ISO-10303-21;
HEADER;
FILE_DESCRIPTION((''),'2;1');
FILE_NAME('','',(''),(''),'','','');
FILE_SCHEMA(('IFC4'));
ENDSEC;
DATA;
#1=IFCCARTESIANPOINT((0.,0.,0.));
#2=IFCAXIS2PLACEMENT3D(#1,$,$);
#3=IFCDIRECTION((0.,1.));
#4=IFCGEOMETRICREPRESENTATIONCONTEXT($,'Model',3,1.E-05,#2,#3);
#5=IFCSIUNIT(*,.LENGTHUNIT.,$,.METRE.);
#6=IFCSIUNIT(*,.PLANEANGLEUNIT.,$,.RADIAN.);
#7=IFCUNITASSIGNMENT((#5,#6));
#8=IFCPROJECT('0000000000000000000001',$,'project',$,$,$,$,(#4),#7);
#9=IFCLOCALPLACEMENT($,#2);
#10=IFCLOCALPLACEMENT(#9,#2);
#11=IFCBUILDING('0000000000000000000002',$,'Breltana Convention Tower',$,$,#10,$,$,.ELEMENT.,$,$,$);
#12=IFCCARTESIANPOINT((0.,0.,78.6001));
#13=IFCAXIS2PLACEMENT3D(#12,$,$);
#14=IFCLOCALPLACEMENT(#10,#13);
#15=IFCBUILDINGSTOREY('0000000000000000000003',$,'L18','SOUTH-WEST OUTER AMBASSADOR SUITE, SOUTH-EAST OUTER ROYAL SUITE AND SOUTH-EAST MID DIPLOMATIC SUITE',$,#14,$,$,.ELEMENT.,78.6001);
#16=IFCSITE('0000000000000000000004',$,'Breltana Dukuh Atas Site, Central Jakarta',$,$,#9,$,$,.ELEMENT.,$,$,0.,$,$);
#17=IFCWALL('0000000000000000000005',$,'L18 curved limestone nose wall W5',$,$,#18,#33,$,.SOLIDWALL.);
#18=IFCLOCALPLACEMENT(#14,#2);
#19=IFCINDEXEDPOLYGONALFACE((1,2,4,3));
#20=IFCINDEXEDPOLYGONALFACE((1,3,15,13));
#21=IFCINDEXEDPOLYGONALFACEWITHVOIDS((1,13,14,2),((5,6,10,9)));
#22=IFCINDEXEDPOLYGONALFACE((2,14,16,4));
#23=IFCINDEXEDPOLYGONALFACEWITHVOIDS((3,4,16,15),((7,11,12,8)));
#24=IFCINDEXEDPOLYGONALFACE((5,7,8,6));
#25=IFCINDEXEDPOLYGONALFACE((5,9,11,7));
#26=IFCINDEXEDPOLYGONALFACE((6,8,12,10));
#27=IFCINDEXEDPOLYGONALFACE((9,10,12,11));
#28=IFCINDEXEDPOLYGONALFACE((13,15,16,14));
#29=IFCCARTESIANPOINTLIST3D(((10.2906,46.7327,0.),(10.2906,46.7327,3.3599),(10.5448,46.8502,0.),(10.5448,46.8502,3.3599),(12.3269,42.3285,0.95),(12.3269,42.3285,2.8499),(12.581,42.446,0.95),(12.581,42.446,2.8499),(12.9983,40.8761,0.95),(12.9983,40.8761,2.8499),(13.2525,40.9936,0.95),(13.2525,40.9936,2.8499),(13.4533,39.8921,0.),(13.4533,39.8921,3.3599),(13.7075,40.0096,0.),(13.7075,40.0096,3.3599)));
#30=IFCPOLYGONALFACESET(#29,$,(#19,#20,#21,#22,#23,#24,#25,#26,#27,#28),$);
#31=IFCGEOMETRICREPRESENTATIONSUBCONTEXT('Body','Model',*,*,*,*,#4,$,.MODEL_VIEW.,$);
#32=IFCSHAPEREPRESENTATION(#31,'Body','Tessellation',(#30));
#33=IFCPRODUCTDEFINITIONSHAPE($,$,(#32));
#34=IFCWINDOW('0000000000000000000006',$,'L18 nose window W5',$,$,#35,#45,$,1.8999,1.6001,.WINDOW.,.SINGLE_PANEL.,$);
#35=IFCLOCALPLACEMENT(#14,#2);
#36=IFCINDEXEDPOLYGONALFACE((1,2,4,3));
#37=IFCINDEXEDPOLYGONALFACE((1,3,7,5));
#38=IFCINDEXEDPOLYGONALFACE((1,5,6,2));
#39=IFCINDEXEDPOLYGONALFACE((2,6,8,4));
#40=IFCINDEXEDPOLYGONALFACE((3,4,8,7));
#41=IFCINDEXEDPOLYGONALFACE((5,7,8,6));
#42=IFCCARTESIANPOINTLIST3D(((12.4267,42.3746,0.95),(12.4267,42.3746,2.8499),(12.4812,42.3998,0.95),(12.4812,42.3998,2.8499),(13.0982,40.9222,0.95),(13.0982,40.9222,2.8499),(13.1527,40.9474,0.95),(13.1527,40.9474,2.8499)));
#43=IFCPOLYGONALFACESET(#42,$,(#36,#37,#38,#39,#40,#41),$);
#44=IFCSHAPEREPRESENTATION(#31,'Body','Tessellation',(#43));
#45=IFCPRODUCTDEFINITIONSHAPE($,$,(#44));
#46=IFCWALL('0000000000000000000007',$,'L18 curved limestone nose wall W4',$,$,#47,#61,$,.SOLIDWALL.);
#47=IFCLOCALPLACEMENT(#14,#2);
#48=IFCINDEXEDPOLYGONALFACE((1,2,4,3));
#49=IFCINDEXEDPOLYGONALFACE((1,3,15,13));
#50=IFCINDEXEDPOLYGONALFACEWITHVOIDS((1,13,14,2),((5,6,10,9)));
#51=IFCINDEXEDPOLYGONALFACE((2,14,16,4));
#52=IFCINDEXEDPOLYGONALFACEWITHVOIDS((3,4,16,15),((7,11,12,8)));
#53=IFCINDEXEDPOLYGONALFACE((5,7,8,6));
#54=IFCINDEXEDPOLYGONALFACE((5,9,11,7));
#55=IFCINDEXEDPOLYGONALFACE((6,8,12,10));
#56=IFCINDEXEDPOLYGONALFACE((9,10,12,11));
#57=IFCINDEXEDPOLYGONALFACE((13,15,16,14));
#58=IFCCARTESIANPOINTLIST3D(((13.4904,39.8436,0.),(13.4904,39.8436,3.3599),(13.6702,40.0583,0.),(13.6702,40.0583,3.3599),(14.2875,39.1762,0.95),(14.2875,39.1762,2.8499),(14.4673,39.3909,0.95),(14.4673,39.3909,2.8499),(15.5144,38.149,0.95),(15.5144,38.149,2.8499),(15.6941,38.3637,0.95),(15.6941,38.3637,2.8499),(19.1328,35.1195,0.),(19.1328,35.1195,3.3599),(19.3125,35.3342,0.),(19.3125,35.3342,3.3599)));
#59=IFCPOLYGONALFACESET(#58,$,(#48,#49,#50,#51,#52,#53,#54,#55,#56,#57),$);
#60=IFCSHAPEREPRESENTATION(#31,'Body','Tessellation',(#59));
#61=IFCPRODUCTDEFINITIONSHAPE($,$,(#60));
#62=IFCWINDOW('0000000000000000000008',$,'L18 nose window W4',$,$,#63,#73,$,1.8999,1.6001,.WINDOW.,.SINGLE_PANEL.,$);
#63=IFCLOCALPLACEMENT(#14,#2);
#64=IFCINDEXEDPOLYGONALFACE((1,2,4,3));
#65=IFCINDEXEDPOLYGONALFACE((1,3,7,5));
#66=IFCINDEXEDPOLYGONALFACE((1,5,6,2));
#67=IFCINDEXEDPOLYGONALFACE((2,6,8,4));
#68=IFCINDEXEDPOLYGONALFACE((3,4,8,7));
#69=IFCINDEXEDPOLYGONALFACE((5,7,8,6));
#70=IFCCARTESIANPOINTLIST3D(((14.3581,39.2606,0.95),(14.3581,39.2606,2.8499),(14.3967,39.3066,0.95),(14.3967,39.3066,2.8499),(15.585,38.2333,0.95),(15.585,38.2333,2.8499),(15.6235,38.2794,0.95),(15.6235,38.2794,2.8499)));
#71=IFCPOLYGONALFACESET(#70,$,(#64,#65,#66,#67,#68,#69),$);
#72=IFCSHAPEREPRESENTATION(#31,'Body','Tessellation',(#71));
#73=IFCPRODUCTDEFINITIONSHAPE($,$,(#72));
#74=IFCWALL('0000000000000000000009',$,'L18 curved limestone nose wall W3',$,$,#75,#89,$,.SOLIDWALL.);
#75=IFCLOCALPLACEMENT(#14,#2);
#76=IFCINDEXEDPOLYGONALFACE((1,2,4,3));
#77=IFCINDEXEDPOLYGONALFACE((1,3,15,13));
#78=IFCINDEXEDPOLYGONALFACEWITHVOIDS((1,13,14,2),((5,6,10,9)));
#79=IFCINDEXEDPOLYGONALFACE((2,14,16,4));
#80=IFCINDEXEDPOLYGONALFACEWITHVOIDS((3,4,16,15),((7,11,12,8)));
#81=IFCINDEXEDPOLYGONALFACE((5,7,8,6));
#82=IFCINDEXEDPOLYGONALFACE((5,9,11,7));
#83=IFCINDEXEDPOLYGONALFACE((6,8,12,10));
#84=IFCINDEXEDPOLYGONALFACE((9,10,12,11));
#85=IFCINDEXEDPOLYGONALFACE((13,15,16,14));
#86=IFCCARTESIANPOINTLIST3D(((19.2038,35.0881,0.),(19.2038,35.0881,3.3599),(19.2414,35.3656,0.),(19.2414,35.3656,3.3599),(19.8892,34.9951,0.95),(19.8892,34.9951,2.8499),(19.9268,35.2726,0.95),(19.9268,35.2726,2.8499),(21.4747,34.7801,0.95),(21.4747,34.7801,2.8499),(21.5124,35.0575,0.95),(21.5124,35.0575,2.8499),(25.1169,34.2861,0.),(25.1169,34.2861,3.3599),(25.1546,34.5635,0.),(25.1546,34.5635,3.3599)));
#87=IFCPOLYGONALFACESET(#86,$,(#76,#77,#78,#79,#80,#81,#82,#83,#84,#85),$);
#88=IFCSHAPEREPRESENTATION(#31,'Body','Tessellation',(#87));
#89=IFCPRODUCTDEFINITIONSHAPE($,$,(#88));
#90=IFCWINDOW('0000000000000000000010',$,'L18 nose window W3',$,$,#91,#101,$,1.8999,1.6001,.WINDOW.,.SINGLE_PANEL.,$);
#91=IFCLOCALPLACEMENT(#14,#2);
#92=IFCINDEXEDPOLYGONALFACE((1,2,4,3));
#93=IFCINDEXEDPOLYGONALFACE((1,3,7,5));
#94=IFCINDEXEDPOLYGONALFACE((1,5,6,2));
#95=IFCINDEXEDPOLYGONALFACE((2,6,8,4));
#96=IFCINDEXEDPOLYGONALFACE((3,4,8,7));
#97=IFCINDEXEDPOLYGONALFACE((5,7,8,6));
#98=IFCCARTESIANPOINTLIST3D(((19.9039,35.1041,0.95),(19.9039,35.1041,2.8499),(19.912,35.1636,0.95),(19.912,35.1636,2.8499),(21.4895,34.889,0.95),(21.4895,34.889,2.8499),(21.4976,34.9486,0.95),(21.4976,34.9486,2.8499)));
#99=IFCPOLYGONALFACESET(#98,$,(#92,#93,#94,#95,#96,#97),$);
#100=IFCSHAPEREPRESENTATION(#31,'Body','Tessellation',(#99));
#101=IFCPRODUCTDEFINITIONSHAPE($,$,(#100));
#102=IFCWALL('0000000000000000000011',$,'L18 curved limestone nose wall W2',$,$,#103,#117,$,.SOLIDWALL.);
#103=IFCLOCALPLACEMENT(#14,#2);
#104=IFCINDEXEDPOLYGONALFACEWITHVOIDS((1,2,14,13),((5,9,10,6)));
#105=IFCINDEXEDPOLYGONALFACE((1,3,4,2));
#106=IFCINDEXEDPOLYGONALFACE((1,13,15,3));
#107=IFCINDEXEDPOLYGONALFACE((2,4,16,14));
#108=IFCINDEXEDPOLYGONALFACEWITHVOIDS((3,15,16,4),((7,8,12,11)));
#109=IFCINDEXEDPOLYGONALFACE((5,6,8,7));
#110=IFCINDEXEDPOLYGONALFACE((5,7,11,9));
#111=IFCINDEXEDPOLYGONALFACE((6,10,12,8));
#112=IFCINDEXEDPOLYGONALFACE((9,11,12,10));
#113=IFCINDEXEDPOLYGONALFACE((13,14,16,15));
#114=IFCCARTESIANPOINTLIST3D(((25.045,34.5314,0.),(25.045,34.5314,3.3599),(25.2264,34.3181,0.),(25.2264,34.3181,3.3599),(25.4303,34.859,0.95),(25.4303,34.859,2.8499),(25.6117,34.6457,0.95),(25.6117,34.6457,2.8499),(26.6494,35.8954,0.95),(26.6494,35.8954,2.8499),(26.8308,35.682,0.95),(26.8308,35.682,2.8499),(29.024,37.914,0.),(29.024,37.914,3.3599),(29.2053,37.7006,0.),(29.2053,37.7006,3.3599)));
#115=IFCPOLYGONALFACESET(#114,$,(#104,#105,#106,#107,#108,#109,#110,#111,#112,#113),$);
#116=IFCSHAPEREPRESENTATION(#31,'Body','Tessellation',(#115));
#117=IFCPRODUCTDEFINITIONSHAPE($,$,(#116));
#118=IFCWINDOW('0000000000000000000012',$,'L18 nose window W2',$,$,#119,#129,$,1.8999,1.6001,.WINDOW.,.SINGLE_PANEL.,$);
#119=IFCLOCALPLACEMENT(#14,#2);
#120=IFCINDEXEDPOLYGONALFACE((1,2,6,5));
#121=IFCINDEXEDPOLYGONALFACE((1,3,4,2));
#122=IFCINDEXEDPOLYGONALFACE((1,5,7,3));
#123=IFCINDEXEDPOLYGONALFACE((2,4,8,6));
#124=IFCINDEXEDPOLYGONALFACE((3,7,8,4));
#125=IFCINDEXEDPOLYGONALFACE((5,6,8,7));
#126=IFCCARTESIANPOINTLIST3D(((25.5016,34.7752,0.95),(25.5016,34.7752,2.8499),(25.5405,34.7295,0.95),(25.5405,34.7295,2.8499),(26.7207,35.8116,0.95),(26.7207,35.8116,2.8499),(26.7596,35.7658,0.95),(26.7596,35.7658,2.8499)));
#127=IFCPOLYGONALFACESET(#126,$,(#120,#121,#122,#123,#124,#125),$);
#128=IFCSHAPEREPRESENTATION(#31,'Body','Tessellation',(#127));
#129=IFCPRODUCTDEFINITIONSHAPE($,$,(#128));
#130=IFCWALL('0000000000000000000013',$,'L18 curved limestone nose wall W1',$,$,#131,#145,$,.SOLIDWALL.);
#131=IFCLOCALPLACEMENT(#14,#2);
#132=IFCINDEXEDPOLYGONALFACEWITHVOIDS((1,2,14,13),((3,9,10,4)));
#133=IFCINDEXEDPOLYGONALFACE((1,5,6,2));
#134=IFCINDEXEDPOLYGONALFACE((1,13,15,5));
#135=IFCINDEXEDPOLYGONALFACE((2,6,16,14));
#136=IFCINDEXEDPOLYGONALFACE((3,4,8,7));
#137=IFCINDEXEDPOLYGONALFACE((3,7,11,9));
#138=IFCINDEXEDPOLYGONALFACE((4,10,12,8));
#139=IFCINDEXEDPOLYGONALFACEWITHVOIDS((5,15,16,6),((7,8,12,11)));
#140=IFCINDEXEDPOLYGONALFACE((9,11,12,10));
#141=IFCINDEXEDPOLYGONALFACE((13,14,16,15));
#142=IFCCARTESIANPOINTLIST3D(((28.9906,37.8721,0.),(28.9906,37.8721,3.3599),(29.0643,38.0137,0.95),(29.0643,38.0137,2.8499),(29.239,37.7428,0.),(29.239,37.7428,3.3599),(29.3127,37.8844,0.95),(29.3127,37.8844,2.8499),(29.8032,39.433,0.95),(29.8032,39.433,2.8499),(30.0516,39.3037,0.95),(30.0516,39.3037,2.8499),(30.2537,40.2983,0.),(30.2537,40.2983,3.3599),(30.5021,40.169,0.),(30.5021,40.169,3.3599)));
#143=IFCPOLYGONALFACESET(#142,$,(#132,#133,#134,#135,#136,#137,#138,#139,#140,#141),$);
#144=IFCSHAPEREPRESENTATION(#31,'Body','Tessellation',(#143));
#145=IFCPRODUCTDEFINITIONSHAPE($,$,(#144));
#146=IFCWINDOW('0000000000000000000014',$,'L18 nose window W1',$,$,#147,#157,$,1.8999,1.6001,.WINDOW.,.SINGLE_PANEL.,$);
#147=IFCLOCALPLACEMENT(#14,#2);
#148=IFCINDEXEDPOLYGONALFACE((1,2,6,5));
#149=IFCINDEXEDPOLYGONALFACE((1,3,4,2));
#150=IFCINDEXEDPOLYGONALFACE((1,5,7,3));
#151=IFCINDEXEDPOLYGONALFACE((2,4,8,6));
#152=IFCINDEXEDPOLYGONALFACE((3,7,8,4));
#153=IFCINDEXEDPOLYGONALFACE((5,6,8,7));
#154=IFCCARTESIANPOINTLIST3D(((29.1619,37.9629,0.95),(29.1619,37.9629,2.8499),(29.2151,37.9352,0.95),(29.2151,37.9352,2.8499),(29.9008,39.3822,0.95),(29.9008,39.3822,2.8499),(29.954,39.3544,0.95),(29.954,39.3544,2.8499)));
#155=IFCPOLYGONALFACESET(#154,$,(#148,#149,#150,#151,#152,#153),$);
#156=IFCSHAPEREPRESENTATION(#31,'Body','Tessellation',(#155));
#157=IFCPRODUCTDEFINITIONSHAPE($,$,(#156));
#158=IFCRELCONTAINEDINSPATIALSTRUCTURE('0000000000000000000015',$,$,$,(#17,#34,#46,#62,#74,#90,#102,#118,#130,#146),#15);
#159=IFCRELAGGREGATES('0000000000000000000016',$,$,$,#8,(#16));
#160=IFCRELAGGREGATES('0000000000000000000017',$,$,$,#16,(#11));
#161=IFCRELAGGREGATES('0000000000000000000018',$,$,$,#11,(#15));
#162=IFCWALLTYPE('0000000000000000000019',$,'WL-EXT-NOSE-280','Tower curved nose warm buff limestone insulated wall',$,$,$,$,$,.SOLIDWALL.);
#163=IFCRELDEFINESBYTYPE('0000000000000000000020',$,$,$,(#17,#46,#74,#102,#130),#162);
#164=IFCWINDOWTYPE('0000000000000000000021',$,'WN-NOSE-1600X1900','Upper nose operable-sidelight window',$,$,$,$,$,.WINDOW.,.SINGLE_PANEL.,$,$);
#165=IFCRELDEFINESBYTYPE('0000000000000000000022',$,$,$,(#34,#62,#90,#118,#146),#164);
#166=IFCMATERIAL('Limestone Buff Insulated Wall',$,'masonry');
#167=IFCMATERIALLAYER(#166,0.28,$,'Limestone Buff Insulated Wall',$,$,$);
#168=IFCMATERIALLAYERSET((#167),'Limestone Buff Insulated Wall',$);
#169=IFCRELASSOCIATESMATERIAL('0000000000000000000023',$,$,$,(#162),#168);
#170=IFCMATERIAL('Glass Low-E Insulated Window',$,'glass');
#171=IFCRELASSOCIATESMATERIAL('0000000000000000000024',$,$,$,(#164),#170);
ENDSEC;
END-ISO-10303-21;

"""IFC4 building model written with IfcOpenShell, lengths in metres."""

from ifc_helpers import new_model, si_unit, direction, frame, frame_2d, origin, place, context, subcontext, project, spatial, rectangle, extrude, source, transform, mapped, material, layer, layer_set, type_object, type_shapes, element, fill, save


model = new_model("IFC4")

# Units and contexts
model_context = context("Model", 3, precision=1e-05, world=origin(), true_north=direction((0.0, 1.0)))
body_context = subcontext(model_context, "Body", "Model", "MODEL_VIEW")
ifc_project = project(units=[si_unit("LENGTHUNIT", "METRE"), si_unit("PLANEANGLEUNIT", "RADIAN")], contexts=[model_context])

# Site, building, storey
site_placement = place(None, origin())
site = spatial("IfcSite", under=ifc_project, at=site_placement, Name="Breltana Dukuh Atas Site, Central Jakarta", CompositionType="ELEMENT", RefElevation=0.0)
building_placement = place(site_placement, origin())
building = spatial("IfcBuilding", under=site, at=building_placement, Name="Breltana Convention Tower", CompositionType="ELEMENT")
storey_placement = place(building_placement, frame((0.0, 0.0, 78.6001)))
storey = spatial("IfcBuildingStorey", under=building, at=storey_placement, Name="L18", Description="SOUTH-WEST OUTER AMBASSADOR SUITE, SOUTH-EAST OUTER ROYAL SUITE AND SOUTH-EAST MID DIPLOMATIC SUITE", CompositionType="ELEMENT", Elevation=78.6001)

# Walls, openings, windows
ifc_material_1 = material(Name="Limestone Buff Insulated Wall", Category="masonry")
ifc_layer_1 = layer(ifc_material_1, 0.28, Name="Limestone Buff Insulated Wall")
ifc_layer_set_1 = layer_set([ifc_layer_1], Name="Limestone Buff Insulated Wall")
wall_type_1 = type_object("IfcWallType", Name="WL-EXT-NOSE-280", Description="Tower curved nose warm buff limestone insulated wall", PredefinedType="SOLIDWALL", material=ifc_layer_set_1)
shared_shape_1 = source(origin(), body_context, "Body", "SweptSolid", [
    extrude(rectangle(XDim=7.5364, YDim=0.28, at=frame_2d((3.7681, 0.0))), origin(), (0.0, 0.0, 1.0), 3.3599),
])
wall_1_placement = place(storey_placement, frame((13.5803, 39.9509, 0.0), z_axis=(0.0, 0.0, 1.0), x_axis=(-0.41965, 0.907686, 0.0)))
wall_1 = element("IfcWall", 1, at=wall_1_placement, inside=storey, type_object=wall_type_1, Name="L18 curved limestone nose wall W5", PredefinedType="SOLIDWALL", context=body_context, shape_type="MappedRepresentation", body=[
    mapped(shared_shape_1, transform((0.0, 0.0, 0.0), scale=1.0)),
])
opening_1_placement = place(wall_1_placement, frame((1.084, 0.0, 0.95)))
opening_1 = element("IfcOpeningElement", 2, at=opening_1_placement, cuts=wall_1, PredefinedType="OPENING", context=body_context, shape_type="SweptSolid", body=[
    extrude(rectangle(XDim=1.6001, YDim=1.8999, at=frame_2d((0.8, 0.95))), frame((0.0, 0.1499, 0.0), z_axis=(0.0, -1.0, 0.0), x_axis=(1.0, 0.0, 0.0)), (0.0, 0.0, 1.0), 0.3),
])
ifc_material_2 = material(Name="Glass Low-E Insulated Window", Category="glass")
window_type = type_object("IfcWindowType", Name="WN-NOSE-1600X1900", Description="Upper nose operable-sidelight window", PartitioningType="SINGLE_PANEL", PredefinedType="WINDOW", material=ifc_material_2)
shared_shape_2 = source(origin(), body_context, "Body", "SweptSolid", [
    extrude(rectangle(XDim=1.6001, YDim=1.8999, at=frame_2d((0.8, 0.95))), frame((0.0, 0.03, 0.0), z_axis=(0.0, -1.0, 0.0), x_axis=(1.0, 0.0, 0.0)), (0.0, 0.0, 1.0), 0.0601),
])
type_shapes(window_type, [shared_shape_2])
window_1_placement = place(opening_1_placement, origin())
window_1 = element("IfcWindow", 3, at=window_1_placement, inside=storey, type_object=window_type, Name="L18 nose window W5", OverallHeight=1.8999, OverallWidth=1.6001, PartitioningType="SINGLE_PANEL", PredefinedType="WINDOW", context=body_context, shape_type="MappedRepresentation", body=[
    mapped(shared_shape_2, transform((0.0, 0.0, 0.0), scale=1.0)),
])
fill(opening_1, window_1)
shared_shape_3 = source(origin(), body_context, "Body", "SweptSolid", [
    extrude(rectangle(XDim=7.3589, YDim=0.28, at=frame_2d((3.6794, 0.0))), origin(), (0.0, 0.0, 1.0), 3.3599),
])
wall_2_placement = place(storey_placement, frame((19.2227, 35.2268, 0.0), z_axis=(0.0, 0.0, 1.0), x_axis=(-0.766737, 0.641961, 0.0)))
wall_2 = element("IfcWall", 4, at=wall_2_placement, inside=storey, type_object=wall_type_1, Name="L18 curved limestone nose wall W4", PredefinedType="SOLIDWALL", context=body_context, shape_type="MappedRepresentation", body=[
    mapped(shared_shape_3, transform((0.0, 0.0, 0.0), scale=1.0)),
])
opening_2_placement = place(wall_2_placement, frame((4.7192, 0.0, 0.95)))
opening_2 = element("IfcOpeningElement", 5, at=opening_2_placement, cuts=wall_2, PredefinedType="OPENING", context=body_context, shape_type="SweptSolid", body=[
    extrude(rectangle(XDim=1.6001, YDim=1.8999, at=frame_2d((0.8, 0.95))), frame((0.0, 0.1499, 0.0), z_axis=(0.0, -1.0, 0.0), x_axis=(1.0, 0.0, 0.0)), (0.0, 0.0, 1.0), 0.3),
])
window_2_placement = place(opening_2_placement, origin())
window_2 = element("IfcWindow", 6, at=window_2_placement, inside=storey, type_object=window_type, Name="L18 nose window W4", OverallHeight=1.8999, OverallWidth=1.6001, PartitioningType="SINGLE_PANEL", PredefinedType="WINDOW", context=body_context, shape_type="MappedRepresentation", body=[
    mapped(shared_shape_2, transform((0.0, 0.0, 0.0), scale=1.0)),
])
fill(opening_2, window_2)
shared_shape_4 = source(origin(), body_context, "Body", "SweptSolid", [
    extrude(rectangle(XDim=5.9673, YDim=0.28, at=frame_2d((2.9836, 0.0))), origin(), (0.0, 0.0, 1.0), 3.3599),
])
wall_3_placement = place(storey_placement, frame((25.1357, 34.4248, 0.0), z_axis=(0.0, 0.0, 1.0), x_axis=(-0.990927, 0.134401, 0.0)))
wall_3 = element("IfcWall", 7, at=wall_3_placement, inside=storey, type_object=wall_type_1, Name="L18 curved limestone nose wall W3", PredefinedType="SOLIDWALL", context=body_context, shape_type="MappedRepresentation", body=[
    mapped(shared_shape_4, transform((0.0, 0.0, 0.0), scale=1.0)),
])
opening_3_placement = place(wall_3_placement, frame((3.6755, 0.0, 0.95)))
opening_3 = element("IfcOpeningElement", 8, at=opening_3_placement, cuts=wall_3, PredefinedType="OPENING", context=body_context, shape_type="SweptSolid", body=[
    extrude(rectangle(XDim=1.6001, YDim=1.8999, at=frame_2d((0.8, 0.95))), frame((0.0, 0.1499, 0.0), z_axis=(0.0, -1.0, 0.0), x_axis=(1.0, 0.0, 0.0)), (0.0, 0.0, 1.0), 0.3),
])
window_3_placement = place(opening_3_placement, origin())
window_3 = element("IfcWindow", 9, at=window_3_placement, inside=storey, type_object=window_type, Name="L18 nose window W3", OverallHeight=1.8999, OverallWidth=1.6001, PartitioningType="SINGLE_PANEL", PredefinedType="WINDOW", context=body_context, shape_type="MappedRepresentation", body=[
    mapped(shared_shape_2, transform((0.0, 0.0, 0.0), scale=1.0)),
])
fill(opening_3, window_3)
shared_shape_5 = source(origin(), body_context, "Body", "SweptSolid", [
    extrude(rectangle(XDim=5.2224, YDim=0.28, at=frame_2d((2.6113, 0.0))), origin(), (0.0, 0.0, 1.0), 3.3599),
])
wall_4_placement = place(storey_placement, frame((29.1147, 37.8074, 0.0), z_axis=(0.0, 0.0, 1.0), x_axis=(-0.7619, -0.647695, 0.0)))
wall_4 = element("IfcWall", 10, at=wall_4_placement, inside=storey, type_object=wall_type_1, Name="L18 curved limestone nose wall W2", PredefinedType="SOLIDWALL", context=body_context, shape_type="MappedRepresentation", body=[
    mapped(shared_shape_5, transform((0.0, 0.0, 0.0), scale=1.0)),
])
opening_4_placement = place(wall_4_placement, frame((3.1167, 0.0, 0.95)))
opening_4 = element("IfcOpeningElement", 11, at=opening_4_placement, cuts=wall_4, PredefinedType="OPENING", context=body_context, shape_type="SweptSolid", body=[
    extrude(rectangle(XDim=1.6001, YDim=1.8999, at=frame_2d((0.8, 0.95))), frame((0.0, 0.1499, 0.0), z_axis=(0.0, -1.0, 0.0), x_axis=(1.0, 0.0, 0.0)), (0.0, 0.0, 1.0), 0.3),
])
window_4_placement = place(opening_4_placement, origin())
window_4 = element("IfcWindow", 12, at=window_4_placement, inside=storey, type_object=window_type, Name="L18 nose window W2", OverallHeight=1.8999, OverallWidth=1.6001, PartitioningType="SINGLE_PANEL", PredefinedType="WINDOW", context=body_context, shape_type="MappedRepresentation", body=[
    mapped(shared_shape_2, transform((0.0, 0.0, 0.0), scale=1.0)),
])
fill(opening_4, window_4)
shared_shape_6 = source(origin(), body_context, "Body", "SweptSolid", [
    extrude(rectangle(XDim=2.7354, YDim=0.28, at=frame_2d((1.3677, 0.0))), origin(), (0.0, 0.0, 1.0), 3.3599),
])
wall_5_placement = place(storey_placement, frame((30.3779, 40.2336, 0.0), z_axis=(0.0, 0.0, 1.0), x_axis=(-0.461791, -0.886989, 0.0)))
wall_5 = element("IfcWall", 13, at=wall_5_placement, inside=storey, type_object=wall_type_1, Name="L18 curved limestone nose wall W1", PredefinedType="SOLIDWALL", context=body_context, shape_type="MappedRepresentation", body=[
    mapped(shared_shape_6, transform((0.0, 0.0, 0.0), scale=1.0)),
])
opening_5_placement = place(wall_5_placement, frame((0.9756, 0.0, 0.95)))
opening_5 = element("IfcOpeningElement", 14, at=opening_5_placement, cuts=wall_5, PredefinedType="OPENING", context=body_context, shape_type="SweptSolid", body=[
    extrude(rectangle(XDim=1.6001, YDim=1.8999, at=frame_2d((0.8, 0.95))), frame((0.0, 0.1499, 0.0), z_axis=(0.0, -1.0, 0.0), x_axis=(1.0, 0.0, 0.0)), (0.0, 0.0, 1.0), 0.3),
])
window_5_placement = place(opening_5_placement, origin())
window_5 = element("IfcWindow", 15, at=window_5_placement, inside=storey, type_object=window_type, Name="L18 nose window W1", OverallHeight=1.8999, OverallWidth=1.6001, PartitioningType="SINGLE_PANEL", PredefinedType="WINDOW", context=body_context, shape_type="MappedRepresentation", body=[
    mapped(shared_shape_2, transform((0.0, 0.0, 0.0), scale=1.0)),
])
fill(opening_5, window_5)

save(model, "model.ifc")
